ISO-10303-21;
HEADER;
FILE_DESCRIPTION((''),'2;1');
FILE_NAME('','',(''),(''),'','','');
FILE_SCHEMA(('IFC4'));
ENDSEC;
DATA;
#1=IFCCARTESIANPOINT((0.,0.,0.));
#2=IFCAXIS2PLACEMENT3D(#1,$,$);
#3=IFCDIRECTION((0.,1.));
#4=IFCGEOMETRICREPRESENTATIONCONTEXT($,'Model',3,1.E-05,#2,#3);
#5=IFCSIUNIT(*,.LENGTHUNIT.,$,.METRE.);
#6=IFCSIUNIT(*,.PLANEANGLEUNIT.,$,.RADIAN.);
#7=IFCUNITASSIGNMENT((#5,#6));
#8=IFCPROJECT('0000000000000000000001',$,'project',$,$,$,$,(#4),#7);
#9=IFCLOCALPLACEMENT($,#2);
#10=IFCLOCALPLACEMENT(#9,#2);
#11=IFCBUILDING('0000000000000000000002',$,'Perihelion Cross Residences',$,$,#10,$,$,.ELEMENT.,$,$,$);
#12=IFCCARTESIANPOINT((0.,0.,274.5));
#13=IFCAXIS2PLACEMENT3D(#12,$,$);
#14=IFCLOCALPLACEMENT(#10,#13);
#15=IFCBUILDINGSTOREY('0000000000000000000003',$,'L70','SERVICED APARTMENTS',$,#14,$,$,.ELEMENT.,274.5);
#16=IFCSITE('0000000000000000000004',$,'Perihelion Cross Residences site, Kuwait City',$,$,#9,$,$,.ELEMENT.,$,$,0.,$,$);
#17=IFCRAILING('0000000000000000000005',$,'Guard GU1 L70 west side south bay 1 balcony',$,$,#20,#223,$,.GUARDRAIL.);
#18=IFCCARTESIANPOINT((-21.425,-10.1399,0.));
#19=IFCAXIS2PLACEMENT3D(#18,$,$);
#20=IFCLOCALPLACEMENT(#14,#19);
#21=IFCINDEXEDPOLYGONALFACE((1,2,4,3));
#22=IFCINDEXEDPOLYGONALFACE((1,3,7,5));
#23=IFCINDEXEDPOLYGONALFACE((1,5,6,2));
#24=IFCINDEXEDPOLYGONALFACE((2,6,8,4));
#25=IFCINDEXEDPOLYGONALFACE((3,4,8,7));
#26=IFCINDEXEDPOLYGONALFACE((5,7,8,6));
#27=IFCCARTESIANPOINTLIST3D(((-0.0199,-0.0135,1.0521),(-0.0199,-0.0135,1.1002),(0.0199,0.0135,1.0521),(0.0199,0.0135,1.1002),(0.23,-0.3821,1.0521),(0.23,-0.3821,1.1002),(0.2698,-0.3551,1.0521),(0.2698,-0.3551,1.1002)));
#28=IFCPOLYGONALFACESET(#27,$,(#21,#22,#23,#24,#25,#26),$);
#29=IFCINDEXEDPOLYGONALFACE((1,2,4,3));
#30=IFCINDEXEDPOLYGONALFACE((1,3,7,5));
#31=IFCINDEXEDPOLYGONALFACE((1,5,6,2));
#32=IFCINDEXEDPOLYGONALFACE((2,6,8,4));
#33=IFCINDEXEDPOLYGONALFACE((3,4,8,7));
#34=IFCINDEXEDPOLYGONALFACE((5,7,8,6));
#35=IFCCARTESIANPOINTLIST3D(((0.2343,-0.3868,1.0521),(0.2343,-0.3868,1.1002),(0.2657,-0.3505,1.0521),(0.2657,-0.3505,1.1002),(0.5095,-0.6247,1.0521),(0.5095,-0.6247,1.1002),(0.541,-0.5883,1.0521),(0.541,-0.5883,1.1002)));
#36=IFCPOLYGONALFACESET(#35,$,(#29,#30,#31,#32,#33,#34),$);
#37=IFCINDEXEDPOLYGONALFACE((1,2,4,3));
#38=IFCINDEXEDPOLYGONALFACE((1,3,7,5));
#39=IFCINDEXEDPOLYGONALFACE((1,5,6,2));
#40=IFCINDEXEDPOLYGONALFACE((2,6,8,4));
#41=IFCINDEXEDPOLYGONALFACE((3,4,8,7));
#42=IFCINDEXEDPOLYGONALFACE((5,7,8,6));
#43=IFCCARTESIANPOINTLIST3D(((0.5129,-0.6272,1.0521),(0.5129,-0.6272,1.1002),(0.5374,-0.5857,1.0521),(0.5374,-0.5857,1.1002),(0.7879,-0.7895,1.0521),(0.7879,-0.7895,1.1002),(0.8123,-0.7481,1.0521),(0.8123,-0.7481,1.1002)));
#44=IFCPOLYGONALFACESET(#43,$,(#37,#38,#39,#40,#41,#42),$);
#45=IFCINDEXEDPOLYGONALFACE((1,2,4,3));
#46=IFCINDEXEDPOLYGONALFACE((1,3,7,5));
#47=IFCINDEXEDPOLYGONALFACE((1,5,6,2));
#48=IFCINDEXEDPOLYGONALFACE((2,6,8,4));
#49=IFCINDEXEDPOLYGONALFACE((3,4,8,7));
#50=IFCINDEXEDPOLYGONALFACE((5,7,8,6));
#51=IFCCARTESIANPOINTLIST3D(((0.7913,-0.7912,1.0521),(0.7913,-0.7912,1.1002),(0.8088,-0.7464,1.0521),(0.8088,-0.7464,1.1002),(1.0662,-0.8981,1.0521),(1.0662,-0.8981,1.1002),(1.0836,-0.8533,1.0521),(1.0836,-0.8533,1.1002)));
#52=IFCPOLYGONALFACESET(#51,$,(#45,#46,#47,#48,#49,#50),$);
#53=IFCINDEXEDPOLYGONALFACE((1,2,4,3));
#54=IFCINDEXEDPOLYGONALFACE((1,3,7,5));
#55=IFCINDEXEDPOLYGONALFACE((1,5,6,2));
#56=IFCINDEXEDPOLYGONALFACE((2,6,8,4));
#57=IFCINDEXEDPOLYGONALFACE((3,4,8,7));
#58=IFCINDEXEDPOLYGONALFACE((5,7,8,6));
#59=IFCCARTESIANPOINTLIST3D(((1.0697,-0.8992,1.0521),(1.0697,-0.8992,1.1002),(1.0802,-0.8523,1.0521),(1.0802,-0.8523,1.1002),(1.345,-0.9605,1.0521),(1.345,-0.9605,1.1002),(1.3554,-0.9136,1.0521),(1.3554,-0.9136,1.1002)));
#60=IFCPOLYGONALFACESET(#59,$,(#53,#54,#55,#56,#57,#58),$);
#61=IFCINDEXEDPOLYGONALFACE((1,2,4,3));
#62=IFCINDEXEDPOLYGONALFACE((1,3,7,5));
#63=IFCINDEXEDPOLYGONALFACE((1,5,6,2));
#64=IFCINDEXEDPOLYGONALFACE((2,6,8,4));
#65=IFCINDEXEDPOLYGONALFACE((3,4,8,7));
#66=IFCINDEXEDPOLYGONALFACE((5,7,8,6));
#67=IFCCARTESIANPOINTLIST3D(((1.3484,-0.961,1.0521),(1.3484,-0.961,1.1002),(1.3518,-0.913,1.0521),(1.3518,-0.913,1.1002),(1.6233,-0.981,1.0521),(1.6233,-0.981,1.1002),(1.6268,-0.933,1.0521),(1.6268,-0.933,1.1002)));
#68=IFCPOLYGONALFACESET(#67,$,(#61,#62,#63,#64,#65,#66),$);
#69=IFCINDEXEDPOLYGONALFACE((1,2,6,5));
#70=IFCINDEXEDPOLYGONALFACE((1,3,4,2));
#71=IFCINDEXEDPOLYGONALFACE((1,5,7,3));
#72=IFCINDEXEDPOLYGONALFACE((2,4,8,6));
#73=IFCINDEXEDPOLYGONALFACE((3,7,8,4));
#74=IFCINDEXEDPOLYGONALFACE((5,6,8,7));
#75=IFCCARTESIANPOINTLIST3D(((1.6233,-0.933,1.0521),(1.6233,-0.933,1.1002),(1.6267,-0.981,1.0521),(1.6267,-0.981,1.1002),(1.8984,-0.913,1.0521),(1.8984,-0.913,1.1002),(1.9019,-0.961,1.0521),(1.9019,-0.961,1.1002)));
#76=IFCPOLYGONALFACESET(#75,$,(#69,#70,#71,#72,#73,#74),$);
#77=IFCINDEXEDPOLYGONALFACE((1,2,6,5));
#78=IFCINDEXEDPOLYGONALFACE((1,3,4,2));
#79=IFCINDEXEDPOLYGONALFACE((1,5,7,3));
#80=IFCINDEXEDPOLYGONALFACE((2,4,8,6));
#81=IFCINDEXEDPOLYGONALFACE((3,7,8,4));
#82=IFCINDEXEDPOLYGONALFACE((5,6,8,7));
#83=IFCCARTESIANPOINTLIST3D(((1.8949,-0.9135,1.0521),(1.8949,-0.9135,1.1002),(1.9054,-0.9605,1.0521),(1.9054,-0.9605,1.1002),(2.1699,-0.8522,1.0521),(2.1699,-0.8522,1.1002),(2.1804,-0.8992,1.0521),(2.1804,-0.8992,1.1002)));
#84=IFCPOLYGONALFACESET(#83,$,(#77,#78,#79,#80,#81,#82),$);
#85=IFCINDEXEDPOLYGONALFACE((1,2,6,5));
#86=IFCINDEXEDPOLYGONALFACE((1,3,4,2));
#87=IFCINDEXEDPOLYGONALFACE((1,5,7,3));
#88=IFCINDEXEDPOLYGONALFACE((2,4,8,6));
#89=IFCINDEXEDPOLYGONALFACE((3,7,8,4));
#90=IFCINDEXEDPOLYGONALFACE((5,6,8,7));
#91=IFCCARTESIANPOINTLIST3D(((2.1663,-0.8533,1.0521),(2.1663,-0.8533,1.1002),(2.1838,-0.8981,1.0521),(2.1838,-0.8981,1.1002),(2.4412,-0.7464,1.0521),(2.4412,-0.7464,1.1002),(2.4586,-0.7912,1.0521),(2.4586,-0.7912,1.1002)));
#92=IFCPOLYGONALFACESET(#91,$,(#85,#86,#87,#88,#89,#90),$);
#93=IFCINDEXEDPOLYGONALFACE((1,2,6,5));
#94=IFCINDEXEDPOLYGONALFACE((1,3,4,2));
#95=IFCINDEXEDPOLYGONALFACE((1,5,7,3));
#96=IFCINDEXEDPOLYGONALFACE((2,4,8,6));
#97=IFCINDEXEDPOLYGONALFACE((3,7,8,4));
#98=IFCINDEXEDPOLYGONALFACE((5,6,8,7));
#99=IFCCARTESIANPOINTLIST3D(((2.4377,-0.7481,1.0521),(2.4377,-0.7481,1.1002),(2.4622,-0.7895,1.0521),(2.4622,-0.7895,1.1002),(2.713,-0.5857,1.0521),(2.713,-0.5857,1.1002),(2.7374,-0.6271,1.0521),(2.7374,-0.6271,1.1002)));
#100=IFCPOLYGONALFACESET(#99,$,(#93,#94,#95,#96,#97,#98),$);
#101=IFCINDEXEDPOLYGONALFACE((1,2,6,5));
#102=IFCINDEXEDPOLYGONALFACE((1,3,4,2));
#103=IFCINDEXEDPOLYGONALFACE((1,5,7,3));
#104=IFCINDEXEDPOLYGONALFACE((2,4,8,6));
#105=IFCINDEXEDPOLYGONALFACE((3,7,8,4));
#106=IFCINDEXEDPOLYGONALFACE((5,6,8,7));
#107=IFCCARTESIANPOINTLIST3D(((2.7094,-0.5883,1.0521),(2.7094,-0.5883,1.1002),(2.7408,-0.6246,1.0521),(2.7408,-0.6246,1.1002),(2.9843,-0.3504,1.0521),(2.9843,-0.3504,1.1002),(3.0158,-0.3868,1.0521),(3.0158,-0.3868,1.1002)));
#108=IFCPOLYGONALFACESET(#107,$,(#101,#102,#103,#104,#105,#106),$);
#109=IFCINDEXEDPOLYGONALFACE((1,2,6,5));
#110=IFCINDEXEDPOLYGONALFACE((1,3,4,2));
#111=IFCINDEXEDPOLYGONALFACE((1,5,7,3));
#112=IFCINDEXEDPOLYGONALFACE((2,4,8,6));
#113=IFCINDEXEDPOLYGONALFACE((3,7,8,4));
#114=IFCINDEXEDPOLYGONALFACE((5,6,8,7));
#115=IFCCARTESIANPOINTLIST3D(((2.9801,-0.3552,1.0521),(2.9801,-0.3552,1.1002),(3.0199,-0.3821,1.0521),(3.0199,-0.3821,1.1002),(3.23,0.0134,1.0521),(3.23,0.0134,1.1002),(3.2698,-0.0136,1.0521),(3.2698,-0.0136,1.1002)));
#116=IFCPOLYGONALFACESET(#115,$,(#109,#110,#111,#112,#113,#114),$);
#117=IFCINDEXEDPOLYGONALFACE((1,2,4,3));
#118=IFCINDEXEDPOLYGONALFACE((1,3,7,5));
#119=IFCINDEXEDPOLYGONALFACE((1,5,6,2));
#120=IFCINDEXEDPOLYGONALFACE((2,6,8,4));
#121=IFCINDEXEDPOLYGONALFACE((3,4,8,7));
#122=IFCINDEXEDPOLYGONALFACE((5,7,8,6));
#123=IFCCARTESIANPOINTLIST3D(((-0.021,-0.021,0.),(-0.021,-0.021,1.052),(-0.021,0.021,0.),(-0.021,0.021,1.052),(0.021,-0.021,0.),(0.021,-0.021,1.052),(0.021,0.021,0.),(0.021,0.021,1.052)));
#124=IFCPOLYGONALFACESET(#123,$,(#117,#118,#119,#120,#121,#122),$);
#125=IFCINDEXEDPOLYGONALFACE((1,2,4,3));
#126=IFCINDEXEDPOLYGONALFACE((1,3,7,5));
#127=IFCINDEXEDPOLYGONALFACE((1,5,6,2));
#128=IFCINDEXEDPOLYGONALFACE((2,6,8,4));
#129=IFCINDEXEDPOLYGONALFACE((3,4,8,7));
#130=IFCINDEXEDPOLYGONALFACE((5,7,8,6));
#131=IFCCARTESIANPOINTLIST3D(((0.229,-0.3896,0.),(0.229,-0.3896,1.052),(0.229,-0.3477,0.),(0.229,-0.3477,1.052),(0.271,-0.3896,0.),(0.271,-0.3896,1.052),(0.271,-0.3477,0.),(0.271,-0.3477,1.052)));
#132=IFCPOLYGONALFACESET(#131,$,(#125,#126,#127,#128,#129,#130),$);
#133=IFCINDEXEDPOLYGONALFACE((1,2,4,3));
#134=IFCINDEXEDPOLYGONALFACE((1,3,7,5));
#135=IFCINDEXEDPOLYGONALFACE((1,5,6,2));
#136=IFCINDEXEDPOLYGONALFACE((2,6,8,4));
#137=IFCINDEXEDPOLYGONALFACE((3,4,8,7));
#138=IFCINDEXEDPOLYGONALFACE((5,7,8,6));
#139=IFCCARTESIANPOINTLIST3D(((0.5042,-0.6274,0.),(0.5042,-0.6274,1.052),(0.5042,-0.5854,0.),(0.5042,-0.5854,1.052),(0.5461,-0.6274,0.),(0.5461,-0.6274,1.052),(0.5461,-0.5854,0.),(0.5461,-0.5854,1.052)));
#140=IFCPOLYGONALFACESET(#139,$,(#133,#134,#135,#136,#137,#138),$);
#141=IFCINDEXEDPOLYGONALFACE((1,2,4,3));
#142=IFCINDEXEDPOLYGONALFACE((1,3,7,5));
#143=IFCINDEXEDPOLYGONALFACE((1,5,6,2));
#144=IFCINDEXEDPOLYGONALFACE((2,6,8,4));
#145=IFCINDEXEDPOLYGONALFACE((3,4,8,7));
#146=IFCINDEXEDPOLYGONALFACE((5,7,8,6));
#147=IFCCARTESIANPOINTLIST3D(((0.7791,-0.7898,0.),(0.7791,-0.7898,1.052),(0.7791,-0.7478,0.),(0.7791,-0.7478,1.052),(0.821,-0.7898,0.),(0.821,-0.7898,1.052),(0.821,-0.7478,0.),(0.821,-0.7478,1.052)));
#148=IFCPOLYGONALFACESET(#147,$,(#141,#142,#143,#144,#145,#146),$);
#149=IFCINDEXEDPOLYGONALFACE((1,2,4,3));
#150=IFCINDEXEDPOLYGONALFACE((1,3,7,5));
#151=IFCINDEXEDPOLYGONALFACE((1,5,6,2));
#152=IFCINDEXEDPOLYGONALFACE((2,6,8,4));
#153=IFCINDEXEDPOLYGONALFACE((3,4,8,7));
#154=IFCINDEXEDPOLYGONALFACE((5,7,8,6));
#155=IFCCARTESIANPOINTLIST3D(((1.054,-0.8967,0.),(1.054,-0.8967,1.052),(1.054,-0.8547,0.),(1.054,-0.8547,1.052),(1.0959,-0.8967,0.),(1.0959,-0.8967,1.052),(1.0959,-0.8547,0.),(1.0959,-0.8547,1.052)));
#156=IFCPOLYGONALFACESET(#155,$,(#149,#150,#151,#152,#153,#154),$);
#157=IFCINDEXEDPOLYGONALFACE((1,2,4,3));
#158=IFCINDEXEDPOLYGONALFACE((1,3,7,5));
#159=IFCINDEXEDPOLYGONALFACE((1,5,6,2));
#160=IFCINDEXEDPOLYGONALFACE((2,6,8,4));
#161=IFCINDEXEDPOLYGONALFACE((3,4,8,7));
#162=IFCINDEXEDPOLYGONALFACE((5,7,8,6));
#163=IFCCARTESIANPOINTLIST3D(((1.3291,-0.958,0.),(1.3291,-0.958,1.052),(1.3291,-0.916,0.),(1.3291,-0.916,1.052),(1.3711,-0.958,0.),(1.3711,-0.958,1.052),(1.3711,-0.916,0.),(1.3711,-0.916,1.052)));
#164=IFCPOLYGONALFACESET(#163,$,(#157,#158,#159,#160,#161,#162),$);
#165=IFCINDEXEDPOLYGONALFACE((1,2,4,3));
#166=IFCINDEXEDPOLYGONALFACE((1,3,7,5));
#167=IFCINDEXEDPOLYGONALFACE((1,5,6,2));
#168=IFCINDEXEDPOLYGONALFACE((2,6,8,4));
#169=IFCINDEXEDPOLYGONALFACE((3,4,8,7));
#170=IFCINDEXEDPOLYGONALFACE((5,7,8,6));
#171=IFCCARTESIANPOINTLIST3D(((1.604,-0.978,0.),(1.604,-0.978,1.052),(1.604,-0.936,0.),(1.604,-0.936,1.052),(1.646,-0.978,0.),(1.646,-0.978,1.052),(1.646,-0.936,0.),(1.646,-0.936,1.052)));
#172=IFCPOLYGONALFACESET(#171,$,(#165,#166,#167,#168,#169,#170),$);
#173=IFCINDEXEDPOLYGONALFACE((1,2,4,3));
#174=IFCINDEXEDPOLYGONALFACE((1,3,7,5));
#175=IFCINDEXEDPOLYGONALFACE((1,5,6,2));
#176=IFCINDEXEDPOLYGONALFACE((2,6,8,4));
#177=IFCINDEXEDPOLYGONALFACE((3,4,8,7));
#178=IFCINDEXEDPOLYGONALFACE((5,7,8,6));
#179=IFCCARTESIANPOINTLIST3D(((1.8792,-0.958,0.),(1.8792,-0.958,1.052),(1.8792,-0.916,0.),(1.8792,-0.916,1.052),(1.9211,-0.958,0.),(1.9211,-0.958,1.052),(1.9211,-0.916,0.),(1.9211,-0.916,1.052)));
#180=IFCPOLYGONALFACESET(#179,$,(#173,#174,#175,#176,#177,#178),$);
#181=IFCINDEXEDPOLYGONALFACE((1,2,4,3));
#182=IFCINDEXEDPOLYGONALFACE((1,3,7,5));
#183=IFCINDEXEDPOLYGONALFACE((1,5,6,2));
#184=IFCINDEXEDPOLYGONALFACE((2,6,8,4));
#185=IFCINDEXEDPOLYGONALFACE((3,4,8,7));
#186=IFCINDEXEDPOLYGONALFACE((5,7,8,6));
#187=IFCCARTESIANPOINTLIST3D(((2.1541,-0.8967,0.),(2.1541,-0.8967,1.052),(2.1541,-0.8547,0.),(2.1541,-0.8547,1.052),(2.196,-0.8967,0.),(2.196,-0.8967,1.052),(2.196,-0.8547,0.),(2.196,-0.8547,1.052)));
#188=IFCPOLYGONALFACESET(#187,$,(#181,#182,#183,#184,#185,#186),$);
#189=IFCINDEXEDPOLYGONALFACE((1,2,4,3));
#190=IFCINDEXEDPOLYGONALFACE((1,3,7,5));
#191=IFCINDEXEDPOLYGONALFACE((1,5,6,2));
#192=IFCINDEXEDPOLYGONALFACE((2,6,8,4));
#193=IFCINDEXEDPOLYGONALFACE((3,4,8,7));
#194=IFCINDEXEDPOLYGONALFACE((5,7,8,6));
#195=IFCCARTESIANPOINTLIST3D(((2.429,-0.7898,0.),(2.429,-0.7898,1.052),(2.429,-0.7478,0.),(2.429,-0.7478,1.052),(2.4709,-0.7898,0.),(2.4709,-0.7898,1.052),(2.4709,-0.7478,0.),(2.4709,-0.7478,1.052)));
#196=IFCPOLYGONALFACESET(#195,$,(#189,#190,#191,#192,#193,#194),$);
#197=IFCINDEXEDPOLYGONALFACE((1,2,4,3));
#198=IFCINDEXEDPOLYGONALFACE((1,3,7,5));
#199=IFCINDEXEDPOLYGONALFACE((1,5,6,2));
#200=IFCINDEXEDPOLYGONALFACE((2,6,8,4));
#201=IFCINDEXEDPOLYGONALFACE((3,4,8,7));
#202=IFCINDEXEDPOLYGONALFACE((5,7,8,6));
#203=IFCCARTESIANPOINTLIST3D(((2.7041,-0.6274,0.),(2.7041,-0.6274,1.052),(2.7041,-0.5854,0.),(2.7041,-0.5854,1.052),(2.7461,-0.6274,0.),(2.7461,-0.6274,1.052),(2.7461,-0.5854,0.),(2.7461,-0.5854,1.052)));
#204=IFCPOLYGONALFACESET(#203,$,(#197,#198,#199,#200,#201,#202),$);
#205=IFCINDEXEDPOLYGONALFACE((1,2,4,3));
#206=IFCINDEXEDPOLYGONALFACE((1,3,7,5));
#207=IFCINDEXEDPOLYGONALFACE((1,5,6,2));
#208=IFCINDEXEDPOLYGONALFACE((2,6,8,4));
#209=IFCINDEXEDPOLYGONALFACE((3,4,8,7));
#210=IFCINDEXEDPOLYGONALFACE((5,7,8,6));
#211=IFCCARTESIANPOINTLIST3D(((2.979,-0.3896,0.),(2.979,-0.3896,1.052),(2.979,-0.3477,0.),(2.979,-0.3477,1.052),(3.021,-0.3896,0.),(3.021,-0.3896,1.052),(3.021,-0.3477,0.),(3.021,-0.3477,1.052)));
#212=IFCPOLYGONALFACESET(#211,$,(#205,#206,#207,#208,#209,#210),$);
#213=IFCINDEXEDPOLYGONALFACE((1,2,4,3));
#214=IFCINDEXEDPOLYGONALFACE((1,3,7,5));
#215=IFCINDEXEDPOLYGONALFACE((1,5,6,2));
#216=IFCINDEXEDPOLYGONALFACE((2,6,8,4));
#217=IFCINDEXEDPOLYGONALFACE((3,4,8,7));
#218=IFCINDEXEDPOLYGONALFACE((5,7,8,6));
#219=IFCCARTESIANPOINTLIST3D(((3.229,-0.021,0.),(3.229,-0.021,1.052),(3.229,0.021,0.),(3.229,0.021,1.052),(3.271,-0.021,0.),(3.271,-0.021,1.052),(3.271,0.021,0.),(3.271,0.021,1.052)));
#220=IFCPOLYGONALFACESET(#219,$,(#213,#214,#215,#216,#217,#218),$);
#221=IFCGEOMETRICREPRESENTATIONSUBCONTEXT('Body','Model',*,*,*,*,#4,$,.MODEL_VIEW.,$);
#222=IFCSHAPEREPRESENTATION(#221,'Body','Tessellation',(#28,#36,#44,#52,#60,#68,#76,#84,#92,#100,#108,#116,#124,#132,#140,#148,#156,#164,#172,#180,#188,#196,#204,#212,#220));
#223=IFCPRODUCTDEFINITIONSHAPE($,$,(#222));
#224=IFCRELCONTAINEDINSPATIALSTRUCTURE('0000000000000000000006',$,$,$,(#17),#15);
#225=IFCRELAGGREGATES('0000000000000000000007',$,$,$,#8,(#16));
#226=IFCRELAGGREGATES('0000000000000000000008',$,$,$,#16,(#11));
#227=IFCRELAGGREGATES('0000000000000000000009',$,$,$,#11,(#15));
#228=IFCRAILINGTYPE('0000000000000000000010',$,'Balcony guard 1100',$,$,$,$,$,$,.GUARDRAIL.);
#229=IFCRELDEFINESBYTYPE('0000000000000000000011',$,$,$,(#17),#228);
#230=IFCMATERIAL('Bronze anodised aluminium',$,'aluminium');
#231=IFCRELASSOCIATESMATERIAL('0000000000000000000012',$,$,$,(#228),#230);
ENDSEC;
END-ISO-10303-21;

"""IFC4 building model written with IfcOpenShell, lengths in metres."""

from ifc_helpers import new_model, si_unit, direction, frame, origin, origin_2d, place, context, subcontext, project, spatial, rectangle, extrude, material, type_object, element, save


model = new_model("IFC4")

# Units and contexts
model_context = context("Model", 3, precision=1e-05, world=origin(), true_north=direction((0.0, 1.0)))
body_context = subcontext(model_context, "Body", "Model", "MODEL_VIEW")
ifc_project = project(units=[si_unit("LENGTHUNIT", "METRE"), si_unit("PLANEANGLEUNIT", "RADIAN")], contexts=[model_context])

# Site, building, storey
site_placement = place(None, origin())
site = spatial("IfcSite", under=ifc_project, at=site_placement, Name="Perihelion Cross Residences site, Kuwait City", CompositionType="ELEMENT", RefElevation=0.0)
building_placement = place(site_placement, origin())
building = spatial("IfcBuilding", under=site, at=building_placement, Name="Perihelion Cross Residences", CompositionType="ELEMENT")
storey_placement = place(building_placement, frame((0.0, 0.0, 274.5)))
storey = spatial("IfcBuildingStorey", under=building, at=storey_placement, Name="L70", Description="SERVICED APARTMENTS", CompositionType="ELEMENT", Elevation=274.5)

# Railing
ifc_material_1 = material(Name="Bronze anodised aluminium", Category="aluminium")
railing_type_1 = type_object("IfcRailingType", Name="Balcony guard 1100", PredefinedType="GUARDRAIL", material=ifc_material_1)
railing_1_placement = place(storey_placement, frame((-21.425, -10.1399, 0.0)))
element("IfcRailing", 1, at=railing_1_placement, inside=storey, type_object=railing_type_1, Name="Guard GU1 L70 west side south bay 1 balcony", PredefinedType="GUARDRAIL", context=body_context, shape_type="SweptSolid", body=[
    extrude(rectangle(XDim=0.0481, YDim=0.0481, at=origin_2d()), frame((0.0, 0.0, 1.0762), z_axis=(0.56126, -0.827639, 0.0), x_axis=(0.827639, 0.56126, 0.0)), (0.0, 0.0, 1.0), 0.4453),
    extrude(rectangle(XDim=0.0481, YDim=0.0481, at=origin_2d()), frame((0.25, -0.3687, 1.0762), z_axis=(0.756597, -0.653882, 0.0), x_axis=(0.653882, 0.756597, 0.0)), (0.0, 0.0, 1.0), 0.3638),
    extrude(rectangle(XDim=0.0481, YDim=0.0481, at=origin_2d()), frame((0.5251, -0.6064, 1.0762), z_axis=(0.861048, -0.508523, 0.0), x_axis=(0.508523, 0.861048, 0.0)), (0.0, 0.0, 1.0), 0.3193),
    extrude(rectangle(XDim=0.0481, YDim=0.0481, at=origin_2d()), frame((0.8, -0.7688, 1.0762), z_axis=(0.931974, -0.362526, 0.0), x_axis=(0.362526, 0.931974, 0.0)), (0.0, 0.0, 1.0), 0.2949),
    extrude(rectangle(XDim=0.0481, YDim=0.0481, at=origin_2d()), frame((1.075, -0.8757, 1.0762), z_axis=(0.976085, -0.217389, 0.0), x_axis=(0.217389, 0.976085, 0.0)), (0.0, 0.0, 1.0), 0.282),
    extrude(rectangle(XDim=0.0481, YDim=0.0481, at=origin_2d()), frame((1.3501, -0.937, 1.0762), z_axis=(0.997359, -0.072632, 0.0), x_axis=(0.072632, 0.997359, 0.0)), (0.0, 0.0, 1.0), 0.2756),
    extrude(rectangle(XDim=0.0481, YDim=0.0481, at=origin_2d()), frame((1.625, -0.957, 1.0762), z_axis=(0.997363, 0.072568, 0.0), x_axis=(-0.072568, 0.997363, 0.0)), (0.0, 0.0, 1.0), 0.2759),
    extrude(rectangle(XDim=0.0481, YDim=0.0481, at=origin_2d()), frame((1.9001, -0.937, 1.0762), z_axis=(0.976044, 0.217573, 0.0), x_axis=(-0.217573, 0.976044, 0.0)), (0.0, 0.0, 1.0), 0.2817),
    extrude(rectangle(XDim=0.0481, YDim=0.0481, at=origin_2d()), frame((2.175, -0.8757, 1.0762), z_axis=(0.931974, 0.362526, 0.0), x_axis=(-0.362526, 0.931974, 0.0)), (0.0, 0.0, 1.0), 0.2949),
    extrude(rectangle(XDim=0.0481, YDim=0.0481, at=origin_2d()), frame((2.45, -0.7688, 1.0762), z_axis=(0.861246, 0.508189, 0.0), x_axis=(-0.508189, 0.861246, 0.0)), (0.0, 0.0, 1.0), 0.3196),
    extrude(rectangle(XDim=0.0481, YDim=0.0481, at=origin_2d()), frame((2.7251, -0.6064, 1.0762), z_axis=(0.756309, 0.654214, 0.0), x_axis=(-0.654214, 0.756309, 0.0)), (0.0, 0.0, 1.0), 0.3635),
    extrude(rectangle(XDim=0.0481, YDim=0.0481, at=origin_2d()), frame((3.0, -0.3687, 1.0762), z_axis=(0.56126, 0.827639, 0.0), x_axis=(-0.827639, 0.56126, 0.0)), (0.0, 0.0, 1.0), 0.4453),
    extrude(rectangle(XDim=0.042, YDim=0.042, at=origin_2d()), origin(), (0.0, 0.0, 1.0), 1.052),
    extrude(rectangle(XDim=0.042, YDim=0.042, at=origin_2d()), frame((0.25, -0.3687, 0.0)), (0.0, 0.0, 1.0), 1.052),
    extrude(rectangle(XDim=0.042, YDim=0.042, at=origin_2d()), frame((0.5251, -0.6064, 0.0)), (0.0, 0.0, 1.0), 1.052),
    extrude(rectangle(XDim=0.042, YDim=0.042, at=origin_2d()), frame((0.8, -0.7688, 0.0)), (0.0, 0.0, 1.0), 1.052),
    extrude(rectangle(XDim=0.042, YDim=0.042, at=origin_2d()), frame((1.075, -0.8757, 0.0)), (0.0, 0.0, 1.0), 1.052),
    extrude(rectangle(XDim=0.042, YDim=0.042, at=origin_2d()), frame((1.3501, -0.937, 0.0)), (0.0, 0.0, 1.0), 1.052),
    extrude(rectangle(XDim=0.042, YDim=0.042, at=origin_2d()), frame((1.625, -0.957, 0.0)), (0.0, 0.0, 1.0), 1.052),
    extrude(rectangle(XDim=0.042, YDim=0.042, at=origin_2d()), frame((1.9001, -0.937, 0.0)), (0.0, 0.0, 1.0), 1.052),
    extrude(rectangle(XDim=0.042, YDim=0.042, at=origin_2d()), frame((2.175, -0.8757, 0.0)), (0.0, 0.0, 1.0), 1.052),
    extrude(rectangle(XDim=0.042, YDim=0.042, at=origin_2d()), frame((2.45, -0.7688, 0.0)), (0.0, 0.0, 1.0), 1.052),
    extrude(rectangle(XDim=0.042, YDim=0.042, at=origin_2d()), frame((2.7251, -0.6064, 0.0)), (0.0, 0.0, 1.0), 1.052),
    extrude(rectangle(XDim=0.042, YDim=0.042, at=origin_2d()), frame((3.0, -0.3687, 0.0)), (0.0, 0.0, 1.0), 1.052),
    extrude(rectangle(XDim=0.042, YDim=0.042, at=origin_2d()), frame((3.25, 0.0, 0.0)), (0.0, 0.0, 1.0), 1.052),
])

save(model, "model.ifc")
